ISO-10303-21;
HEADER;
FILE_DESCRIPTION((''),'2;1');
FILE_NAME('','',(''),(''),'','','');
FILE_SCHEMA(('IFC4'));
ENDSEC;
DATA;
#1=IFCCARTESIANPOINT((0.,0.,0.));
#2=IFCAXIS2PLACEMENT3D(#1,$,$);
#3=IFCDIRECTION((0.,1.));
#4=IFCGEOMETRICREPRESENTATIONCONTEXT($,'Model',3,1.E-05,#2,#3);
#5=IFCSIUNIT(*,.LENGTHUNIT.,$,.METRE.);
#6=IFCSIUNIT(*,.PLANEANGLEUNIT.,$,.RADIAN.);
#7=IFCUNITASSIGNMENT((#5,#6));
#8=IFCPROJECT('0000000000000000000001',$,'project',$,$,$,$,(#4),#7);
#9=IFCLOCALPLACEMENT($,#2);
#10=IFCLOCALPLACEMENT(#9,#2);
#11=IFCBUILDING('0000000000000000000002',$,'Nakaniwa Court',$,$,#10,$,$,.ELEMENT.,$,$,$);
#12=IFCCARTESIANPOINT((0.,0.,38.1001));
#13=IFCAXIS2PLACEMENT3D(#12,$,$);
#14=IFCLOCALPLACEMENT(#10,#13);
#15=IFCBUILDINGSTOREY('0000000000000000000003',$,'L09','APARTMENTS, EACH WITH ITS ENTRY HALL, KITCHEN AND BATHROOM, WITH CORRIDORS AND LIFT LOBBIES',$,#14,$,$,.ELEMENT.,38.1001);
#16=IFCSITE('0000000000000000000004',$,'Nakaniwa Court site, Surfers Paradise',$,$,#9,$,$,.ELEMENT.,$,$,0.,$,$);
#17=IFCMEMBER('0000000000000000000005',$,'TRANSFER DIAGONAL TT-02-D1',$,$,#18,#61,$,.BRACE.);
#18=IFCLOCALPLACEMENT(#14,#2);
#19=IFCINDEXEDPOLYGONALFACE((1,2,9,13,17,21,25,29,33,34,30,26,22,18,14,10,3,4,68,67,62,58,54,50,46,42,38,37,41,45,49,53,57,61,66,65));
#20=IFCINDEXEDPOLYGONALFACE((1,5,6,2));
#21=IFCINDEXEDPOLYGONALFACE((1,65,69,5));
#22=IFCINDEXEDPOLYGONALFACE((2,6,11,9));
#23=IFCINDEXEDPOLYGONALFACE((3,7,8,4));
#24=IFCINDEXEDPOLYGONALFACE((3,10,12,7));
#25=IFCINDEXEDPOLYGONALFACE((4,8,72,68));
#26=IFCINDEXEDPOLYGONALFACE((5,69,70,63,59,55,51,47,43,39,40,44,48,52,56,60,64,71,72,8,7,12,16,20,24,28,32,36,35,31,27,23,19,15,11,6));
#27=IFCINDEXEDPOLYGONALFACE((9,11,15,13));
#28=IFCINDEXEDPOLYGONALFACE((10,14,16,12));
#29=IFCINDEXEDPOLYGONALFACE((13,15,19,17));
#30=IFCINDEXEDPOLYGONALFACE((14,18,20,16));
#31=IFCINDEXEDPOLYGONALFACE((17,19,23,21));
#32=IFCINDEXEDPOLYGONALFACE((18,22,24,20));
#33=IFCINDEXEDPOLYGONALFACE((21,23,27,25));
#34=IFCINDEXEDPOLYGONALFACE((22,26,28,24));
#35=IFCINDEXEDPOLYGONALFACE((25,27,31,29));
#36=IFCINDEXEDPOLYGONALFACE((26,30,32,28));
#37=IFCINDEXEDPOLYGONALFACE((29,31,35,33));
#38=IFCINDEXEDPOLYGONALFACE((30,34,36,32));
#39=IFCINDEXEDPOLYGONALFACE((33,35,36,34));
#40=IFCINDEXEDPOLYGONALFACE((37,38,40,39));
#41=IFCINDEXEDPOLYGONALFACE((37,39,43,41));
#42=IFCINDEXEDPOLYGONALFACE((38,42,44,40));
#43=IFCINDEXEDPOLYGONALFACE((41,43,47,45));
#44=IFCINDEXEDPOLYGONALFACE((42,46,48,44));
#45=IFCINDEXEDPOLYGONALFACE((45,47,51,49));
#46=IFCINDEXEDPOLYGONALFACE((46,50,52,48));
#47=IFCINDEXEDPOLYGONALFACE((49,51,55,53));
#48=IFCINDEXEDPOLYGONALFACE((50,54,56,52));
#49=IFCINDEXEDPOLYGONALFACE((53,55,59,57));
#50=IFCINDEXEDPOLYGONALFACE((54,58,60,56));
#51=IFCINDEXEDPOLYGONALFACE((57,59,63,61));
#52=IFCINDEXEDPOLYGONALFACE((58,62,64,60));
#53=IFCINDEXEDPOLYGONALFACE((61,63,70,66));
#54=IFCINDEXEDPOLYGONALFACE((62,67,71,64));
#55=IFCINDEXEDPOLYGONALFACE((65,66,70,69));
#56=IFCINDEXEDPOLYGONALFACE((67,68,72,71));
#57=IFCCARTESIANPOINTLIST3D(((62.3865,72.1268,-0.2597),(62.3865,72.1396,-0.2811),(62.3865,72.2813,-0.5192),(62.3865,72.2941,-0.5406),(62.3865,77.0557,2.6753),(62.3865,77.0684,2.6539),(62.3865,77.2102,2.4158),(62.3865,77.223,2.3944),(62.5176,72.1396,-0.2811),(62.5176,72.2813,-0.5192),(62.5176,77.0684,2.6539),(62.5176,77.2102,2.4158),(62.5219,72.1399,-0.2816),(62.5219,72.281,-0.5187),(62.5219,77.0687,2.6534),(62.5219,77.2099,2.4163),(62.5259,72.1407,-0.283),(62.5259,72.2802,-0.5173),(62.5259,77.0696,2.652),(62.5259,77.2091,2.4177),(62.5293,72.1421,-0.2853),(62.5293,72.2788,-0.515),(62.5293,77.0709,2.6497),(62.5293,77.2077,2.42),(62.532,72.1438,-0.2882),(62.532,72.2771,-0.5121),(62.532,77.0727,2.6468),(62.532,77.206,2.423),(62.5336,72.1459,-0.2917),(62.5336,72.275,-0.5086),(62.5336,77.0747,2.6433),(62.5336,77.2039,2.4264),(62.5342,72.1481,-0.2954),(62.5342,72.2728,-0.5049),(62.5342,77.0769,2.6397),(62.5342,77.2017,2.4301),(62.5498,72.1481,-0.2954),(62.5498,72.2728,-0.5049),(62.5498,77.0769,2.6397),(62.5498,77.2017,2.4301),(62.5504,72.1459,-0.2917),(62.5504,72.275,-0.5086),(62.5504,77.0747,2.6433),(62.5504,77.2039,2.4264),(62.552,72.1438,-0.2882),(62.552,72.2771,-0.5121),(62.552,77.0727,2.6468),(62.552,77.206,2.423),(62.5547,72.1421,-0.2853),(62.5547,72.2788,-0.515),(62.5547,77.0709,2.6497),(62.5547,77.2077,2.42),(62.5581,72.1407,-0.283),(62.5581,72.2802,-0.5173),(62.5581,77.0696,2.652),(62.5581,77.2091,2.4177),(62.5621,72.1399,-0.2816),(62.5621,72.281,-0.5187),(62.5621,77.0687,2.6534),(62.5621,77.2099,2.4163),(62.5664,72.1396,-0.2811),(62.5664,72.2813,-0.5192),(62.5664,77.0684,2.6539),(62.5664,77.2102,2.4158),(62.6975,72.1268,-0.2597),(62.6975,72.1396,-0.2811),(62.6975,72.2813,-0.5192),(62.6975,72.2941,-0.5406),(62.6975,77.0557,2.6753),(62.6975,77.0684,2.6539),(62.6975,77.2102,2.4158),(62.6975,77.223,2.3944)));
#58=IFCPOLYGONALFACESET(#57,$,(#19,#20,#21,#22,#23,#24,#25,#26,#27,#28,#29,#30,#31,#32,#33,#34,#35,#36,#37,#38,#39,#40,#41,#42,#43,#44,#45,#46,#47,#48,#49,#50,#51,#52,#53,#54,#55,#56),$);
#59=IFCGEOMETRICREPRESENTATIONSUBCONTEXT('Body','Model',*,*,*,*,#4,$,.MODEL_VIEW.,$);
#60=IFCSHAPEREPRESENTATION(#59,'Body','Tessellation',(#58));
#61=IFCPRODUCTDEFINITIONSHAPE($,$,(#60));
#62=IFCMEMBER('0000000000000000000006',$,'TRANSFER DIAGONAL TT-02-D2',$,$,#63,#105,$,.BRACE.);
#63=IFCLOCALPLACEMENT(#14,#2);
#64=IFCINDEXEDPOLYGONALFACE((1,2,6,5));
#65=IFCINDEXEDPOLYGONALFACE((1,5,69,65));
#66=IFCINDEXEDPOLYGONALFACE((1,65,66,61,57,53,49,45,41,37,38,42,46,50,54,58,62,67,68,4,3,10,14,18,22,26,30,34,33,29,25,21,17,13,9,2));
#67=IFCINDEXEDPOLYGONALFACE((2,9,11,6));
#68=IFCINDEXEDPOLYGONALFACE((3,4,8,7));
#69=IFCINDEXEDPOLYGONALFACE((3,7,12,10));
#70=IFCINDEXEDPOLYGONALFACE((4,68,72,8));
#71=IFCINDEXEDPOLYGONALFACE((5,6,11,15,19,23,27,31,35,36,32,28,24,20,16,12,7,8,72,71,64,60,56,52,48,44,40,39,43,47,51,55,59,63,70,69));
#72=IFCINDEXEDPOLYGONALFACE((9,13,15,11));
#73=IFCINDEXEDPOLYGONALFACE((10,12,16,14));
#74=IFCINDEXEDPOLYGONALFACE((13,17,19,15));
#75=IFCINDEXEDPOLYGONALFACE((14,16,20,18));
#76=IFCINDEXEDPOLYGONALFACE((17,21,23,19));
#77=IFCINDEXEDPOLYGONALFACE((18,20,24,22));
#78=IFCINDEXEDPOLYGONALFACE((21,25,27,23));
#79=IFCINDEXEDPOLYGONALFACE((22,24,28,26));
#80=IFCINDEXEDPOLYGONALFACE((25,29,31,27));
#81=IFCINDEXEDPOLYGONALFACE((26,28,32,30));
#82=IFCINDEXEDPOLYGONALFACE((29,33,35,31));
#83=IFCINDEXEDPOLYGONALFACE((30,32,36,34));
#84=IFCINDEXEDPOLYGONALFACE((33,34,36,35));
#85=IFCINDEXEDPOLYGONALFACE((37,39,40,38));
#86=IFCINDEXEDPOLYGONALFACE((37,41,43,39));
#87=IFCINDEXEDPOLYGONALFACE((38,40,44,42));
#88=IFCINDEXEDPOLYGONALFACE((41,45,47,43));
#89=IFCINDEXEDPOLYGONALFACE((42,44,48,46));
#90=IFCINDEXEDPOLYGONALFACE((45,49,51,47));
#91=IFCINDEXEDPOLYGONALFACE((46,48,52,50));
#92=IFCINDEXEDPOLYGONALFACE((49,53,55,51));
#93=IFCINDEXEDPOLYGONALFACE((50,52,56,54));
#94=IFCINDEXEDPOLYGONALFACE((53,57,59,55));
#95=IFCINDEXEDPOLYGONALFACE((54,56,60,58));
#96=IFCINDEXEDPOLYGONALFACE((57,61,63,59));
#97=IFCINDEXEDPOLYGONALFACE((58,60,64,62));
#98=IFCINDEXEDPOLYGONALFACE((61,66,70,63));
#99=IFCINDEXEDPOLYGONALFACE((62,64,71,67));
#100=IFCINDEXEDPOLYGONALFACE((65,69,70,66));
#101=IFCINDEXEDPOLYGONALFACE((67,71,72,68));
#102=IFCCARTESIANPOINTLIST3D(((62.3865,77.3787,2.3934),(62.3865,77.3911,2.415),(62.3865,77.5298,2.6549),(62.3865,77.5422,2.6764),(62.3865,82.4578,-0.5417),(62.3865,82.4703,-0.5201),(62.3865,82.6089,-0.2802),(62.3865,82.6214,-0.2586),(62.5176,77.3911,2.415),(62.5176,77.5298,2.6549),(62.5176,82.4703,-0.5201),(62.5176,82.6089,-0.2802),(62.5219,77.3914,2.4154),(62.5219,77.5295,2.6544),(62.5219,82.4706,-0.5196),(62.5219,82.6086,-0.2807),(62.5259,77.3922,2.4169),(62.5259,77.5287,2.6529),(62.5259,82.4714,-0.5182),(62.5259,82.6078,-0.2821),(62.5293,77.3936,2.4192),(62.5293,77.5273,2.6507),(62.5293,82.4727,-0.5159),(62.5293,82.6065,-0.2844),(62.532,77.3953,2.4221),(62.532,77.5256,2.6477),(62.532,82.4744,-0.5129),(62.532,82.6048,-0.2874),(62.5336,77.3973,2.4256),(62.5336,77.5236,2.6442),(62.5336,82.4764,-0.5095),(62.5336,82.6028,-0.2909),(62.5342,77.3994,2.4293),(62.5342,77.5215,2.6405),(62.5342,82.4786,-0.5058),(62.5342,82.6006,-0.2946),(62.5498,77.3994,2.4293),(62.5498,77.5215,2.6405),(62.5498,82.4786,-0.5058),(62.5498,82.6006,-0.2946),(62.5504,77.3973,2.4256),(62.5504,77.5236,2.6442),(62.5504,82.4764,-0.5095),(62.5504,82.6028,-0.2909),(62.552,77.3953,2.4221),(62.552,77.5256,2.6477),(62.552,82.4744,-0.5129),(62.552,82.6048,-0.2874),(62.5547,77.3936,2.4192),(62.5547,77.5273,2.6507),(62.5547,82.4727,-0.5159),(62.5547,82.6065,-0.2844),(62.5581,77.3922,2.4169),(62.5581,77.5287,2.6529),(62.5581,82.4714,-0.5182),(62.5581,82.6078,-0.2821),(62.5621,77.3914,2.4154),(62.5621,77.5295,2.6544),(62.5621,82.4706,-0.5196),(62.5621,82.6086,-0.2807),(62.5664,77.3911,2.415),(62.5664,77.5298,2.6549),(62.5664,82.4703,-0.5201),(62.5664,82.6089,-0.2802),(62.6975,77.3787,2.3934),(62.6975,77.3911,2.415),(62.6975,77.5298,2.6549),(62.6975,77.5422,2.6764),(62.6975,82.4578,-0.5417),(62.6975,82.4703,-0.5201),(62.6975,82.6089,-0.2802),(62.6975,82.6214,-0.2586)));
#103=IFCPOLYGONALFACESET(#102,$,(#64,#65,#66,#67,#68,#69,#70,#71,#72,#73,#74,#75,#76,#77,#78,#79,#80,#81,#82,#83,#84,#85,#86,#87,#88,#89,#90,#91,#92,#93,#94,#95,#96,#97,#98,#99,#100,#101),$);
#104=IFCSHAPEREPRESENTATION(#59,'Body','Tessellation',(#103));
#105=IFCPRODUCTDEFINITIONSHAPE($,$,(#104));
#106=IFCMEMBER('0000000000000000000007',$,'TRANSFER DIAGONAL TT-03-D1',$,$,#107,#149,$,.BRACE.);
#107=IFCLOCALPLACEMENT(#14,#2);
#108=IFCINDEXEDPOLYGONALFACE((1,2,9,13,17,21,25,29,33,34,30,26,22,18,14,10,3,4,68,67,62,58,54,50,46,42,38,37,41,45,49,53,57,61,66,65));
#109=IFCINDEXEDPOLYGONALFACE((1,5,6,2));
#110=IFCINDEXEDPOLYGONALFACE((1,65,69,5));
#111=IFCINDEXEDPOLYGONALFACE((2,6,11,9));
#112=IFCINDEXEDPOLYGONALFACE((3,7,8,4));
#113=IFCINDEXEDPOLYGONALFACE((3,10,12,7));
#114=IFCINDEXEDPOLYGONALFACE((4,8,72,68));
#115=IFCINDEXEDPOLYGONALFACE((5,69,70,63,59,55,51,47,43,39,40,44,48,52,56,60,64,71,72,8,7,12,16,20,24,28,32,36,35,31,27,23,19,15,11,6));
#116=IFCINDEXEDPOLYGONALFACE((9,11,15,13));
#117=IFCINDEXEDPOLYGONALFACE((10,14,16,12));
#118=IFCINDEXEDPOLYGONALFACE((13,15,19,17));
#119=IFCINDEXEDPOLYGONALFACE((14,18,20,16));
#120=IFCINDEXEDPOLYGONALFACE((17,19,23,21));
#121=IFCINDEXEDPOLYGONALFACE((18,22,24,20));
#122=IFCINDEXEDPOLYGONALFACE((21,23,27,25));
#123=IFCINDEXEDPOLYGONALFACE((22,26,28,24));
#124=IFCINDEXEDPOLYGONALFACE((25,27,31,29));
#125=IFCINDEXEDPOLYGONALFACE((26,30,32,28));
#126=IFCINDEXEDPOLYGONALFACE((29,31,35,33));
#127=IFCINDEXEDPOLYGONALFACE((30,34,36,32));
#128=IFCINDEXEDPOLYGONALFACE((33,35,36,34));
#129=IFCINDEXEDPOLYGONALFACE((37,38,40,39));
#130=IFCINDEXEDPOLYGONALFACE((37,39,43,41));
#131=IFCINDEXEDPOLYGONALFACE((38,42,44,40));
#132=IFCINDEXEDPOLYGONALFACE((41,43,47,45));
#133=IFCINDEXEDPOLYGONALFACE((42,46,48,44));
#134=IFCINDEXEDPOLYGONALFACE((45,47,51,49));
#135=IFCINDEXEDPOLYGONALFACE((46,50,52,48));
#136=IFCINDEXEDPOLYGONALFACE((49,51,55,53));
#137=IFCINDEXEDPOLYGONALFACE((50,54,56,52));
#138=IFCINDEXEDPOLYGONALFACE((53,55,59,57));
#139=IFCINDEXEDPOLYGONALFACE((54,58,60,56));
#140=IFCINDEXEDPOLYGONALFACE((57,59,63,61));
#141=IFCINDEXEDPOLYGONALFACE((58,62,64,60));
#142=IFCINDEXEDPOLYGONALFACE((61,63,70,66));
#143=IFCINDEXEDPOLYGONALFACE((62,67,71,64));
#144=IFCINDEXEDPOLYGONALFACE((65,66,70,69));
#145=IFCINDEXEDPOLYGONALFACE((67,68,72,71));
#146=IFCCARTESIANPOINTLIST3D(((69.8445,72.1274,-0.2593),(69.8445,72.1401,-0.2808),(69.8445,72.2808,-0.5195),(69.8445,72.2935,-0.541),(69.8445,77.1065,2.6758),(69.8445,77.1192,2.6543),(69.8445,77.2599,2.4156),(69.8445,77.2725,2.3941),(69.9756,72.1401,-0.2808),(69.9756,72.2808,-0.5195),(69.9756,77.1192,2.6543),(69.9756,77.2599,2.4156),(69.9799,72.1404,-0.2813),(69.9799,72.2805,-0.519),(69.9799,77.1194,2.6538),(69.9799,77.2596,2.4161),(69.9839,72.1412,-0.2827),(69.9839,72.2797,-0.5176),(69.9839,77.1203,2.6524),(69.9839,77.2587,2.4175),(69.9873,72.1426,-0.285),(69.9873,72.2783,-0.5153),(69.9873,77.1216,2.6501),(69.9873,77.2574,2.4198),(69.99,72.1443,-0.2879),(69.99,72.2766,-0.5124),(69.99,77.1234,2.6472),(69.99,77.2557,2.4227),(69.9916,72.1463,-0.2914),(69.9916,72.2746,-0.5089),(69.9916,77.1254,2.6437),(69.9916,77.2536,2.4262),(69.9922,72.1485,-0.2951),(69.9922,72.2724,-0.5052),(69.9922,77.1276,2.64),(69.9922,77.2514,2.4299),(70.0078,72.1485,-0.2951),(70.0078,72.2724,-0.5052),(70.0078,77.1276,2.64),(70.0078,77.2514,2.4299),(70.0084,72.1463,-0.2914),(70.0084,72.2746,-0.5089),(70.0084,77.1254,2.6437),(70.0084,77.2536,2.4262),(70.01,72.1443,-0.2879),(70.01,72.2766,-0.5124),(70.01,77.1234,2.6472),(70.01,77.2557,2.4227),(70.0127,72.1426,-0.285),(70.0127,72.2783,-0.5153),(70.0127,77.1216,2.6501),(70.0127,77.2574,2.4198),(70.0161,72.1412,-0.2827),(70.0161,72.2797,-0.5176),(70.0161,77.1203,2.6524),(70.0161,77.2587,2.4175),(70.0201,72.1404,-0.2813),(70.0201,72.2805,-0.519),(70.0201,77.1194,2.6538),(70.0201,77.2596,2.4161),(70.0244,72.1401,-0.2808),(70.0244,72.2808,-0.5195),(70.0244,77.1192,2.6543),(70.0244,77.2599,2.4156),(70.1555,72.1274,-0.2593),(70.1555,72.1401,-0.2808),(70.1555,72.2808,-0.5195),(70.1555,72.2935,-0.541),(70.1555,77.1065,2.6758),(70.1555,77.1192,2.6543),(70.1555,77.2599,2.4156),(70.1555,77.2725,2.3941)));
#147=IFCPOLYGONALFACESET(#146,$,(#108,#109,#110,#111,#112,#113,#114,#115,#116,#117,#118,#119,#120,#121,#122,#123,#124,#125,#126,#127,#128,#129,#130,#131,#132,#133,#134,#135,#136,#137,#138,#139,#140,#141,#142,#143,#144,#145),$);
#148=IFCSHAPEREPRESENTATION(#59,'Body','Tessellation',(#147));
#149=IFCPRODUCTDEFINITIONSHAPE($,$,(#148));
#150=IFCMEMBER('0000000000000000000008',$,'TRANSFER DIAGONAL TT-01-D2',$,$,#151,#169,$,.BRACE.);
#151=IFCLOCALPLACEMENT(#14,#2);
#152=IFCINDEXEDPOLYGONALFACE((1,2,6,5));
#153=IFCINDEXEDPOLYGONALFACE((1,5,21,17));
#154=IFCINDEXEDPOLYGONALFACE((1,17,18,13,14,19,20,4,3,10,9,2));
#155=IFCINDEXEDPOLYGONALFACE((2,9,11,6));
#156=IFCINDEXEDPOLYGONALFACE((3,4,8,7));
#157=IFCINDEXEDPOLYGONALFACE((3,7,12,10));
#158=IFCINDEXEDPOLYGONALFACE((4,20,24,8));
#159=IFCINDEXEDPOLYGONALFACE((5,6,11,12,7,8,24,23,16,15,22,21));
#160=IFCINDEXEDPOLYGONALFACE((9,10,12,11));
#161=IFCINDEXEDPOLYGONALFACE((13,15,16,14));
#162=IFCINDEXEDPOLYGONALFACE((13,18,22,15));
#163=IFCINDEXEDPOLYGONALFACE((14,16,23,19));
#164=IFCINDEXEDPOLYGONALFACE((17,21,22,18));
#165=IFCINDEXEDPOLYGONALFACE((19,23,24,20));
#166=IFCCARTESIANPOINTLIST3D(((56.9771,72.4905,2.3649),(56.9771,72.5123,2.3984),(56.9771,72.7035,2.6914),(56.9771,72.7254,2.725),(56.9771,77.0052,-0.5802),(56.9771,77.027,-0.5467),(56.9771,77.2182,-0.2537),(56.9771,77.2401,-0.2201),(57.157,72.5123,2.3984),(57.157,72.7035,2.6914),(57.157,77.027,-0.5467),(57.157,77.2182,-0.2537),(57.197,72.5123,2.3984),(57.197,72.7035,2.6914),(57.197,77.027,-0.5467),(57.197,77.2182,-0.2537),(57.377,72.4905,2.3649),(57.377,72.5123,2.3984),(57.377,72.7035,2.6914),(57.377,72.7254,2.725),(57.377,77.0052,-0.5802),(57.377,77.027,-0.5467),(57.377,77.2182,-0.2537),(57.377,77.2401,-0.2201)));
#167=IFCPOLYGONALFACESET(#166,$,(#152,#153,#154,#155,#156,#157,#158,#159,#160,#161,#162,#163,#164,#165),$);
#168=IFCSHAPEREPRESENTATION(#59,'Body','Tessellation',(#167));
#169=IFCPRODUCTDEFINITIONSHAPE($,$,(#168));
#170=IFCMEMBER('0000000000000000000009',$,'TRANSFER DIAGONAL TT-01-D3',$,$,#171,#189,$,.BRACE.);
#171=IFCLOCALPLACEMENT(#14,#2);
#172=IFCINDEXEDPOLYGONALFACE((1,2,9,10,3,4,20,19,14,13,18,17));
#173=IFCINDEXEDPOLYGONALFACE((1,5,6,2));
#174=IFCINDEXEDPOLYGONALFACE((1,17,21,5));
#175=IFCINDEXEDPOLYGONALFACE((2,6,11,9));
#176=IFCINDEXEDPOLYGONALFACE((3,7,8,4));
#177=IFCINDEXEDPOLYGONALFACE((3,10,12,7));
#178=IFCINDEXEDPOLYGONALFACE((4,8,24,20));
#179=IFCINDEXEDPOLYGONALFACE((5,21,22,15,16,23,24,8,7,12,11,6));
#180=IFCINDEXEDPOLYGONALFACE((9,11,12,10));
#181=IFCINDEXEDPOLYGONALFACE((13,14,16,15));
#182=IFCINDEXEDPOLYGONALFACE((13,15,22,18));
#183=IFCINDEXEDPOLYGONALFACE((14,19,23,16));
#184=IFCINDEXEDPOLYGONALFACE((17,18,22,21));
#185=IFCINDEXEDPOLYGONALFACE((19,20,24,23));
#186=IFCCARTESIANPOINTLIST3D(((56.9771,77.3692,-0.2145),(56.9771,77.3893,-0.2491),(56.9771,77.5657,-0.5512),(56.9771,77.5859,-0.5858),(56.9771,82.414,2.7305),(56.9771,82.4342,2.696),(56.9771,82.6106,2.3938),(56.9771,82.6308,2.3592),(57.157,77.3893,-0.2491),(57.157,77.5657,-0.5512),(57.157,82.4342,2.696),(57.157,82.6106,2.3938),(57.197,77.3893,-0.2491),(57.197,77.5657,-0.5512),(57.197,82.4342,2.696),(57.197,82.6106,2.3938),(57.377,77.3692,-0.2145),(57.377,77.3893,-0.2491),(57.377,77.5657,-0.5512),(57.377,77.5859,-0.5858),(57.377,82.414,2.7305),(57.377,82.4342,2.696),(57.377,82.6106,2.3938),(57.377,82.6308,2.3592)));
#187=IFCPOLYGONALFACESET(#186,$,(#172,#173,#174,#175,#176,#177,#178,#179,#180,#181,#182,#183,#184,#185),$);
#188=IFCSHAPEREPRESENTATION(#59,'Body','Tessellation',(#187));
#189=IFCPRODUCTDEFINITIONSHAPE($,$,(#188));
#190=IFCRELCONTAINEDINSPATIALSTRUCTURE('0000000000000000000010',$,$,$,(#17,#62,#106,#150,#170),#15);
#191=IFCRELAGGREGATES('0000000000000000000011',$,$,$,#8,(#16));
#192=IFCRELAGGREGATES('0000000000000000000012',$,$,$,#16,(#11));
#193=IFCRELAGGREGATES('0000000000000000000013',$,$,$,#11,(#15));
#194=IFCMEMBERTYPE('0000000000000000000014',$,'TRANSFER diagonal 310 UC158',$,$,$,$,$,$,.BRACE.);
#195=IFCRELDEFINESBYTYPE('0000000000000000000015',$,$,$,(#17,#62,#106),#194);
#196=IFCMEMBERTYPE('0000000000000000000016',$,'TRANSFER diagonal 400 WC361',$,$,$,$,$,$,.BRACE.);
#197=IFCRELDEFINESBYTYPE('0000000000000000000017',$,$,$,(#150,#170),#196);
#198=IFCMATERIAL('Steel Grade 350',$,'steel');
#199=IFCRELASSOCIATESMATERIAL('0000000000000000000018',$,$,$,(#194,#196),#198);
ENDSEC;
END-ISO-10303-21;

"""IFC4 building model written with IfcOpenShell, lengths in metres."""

from ifc_helpers import new_model, si_unit, direction, frame, origin, origin_2d, place, context, subcontext, project, spatial, i_section, extrude, material, material_profile, profile_set, type_object, element, save


model = new_model("IFC4")

# Units and contexts
model_context = context("Model", 3, precision=1e-05, world=origin(), true_north=direction((0.0, 1.0)))
body_context = subcontext(model_context, "Body", "Model", "MODEL_VIEW")
ifc_project = project(units=[si_unit("LENGTHUNIT", "METRE"), si_unit("PLANEANGLEUNIT", "RADIAN")], contexts=[model_context])

# Site, building, storey
site_placement = place(None, origin())
site = spatial("IfcSite", under=ifc_project, at=site_placement, Name="Nakaniwa Court site, Surfers Paradise", CompositionType="ELEMENT", RefElevation=0.0)
building_placement = place(site_placement, origin())
building = spatial("IfcBuilding", under=site, at=building_placement, Name="Nakaniwa Court", CompositionType="ELEMENT")
storey_placement = place(building_placement, frame((0.0, 0.0, 38.1001)))
storey = spatial("IfcBuildingStorey", under=building, at=storey_placement, Name="L09", Description="APARTMENTS, EACH WITH ITS ENTRY HALL, KITCHEN AND BATHROOM, WITH CORRIDORS AND LIFT LOBBIES", CompositionType="ELEMENT", Elevation=38.1001)

# Members
ifc_material_1 = material(Name="Steel Grade 350", Category="steel")
ifc_material_profile_1 = material_profile(ifc_material_1, i_section(OverallWidth=0.311, OverallDepth=0.3269, WebThickness=0.0156, FlangeThickness=0.0249, FilletRadius=0.0166, at=origin_2d()), Name="310UC158")
ifc_profile_set_1 = profile_set([ifc_material_profile_1], Name="Steel Grade 350")
member_type_1 = type_object("IfcMemberType", Name="TRANSFER diagonal 310 UC158", PredefinedType="BRACE", material=ifc_profile_set_1)
member_1_placement = place(storey_placement, frame((62.542, 72.2104, -0.4001), z_axis=(0.0, 0.859204, 0.511633), x_axis=(-1.0, 0.0, 0.0)))
element("IfcMember", 1, at=member_1_placement, inside=storey, type_object=member_type_1, Name="TRANSFER DIAGONAL TT-02-D1", PredefinedType="BRACE", context=body_context, shape_type="SweptSolid", body=[
    extrude(i_section(OverallWidth=0.311, OverallDepth=0.3269, WebThickness=0.0156, FlangeThickness=0.0249, FilletRadius=0.0166, at=origin_2d()), origin(), (0.0, 0.0, 1.0), 5.7366),
])
member_2_placement = place(storey_placement, frame((62.542, 77.4604, 2.5349), z_axis=(0.0, 0.865831, -0.500337), x_axis=(-1.0, 0.0, 0.0)))
element("IfcMember", 2, at=member_2_placement, inside=storey, type_object=member_type_1, Name="TRANSFER DIAGONAL TT-02-D2", PredefinedType="BRACE", context=body_context, shape_type="SweptSolid", body=[
    extrude(i_section(OverallWidth=0.311, OverallDepth=0.3269, WebThickness=0.0156, FlangeThickness=0.0249, FilletRadius=0.0166, at=origin_2d()), origin(), (0.0, 0.0, 1.0), 5.8662),
])
member_3_placement = place(storey_placement, frame((70.0, 72.2104, -0.4001), z_axis=(0.0, 0.861463, 0.507821), x_axis=(-1.0, 0.0, 0.0)))
element("IfcMember", 3, at=member_3_placement, inside=storey, type_object=member_type_1, Name="TRANSFER DIAGONAL TT-03-D1", PredefinedType="BRACE", context=body_context, shape_type="SweptSolid", body=[
    extrude(i_section(OverallWidth=0.311, OverallDepth=0.3269, WebThickness=0.0156, FlangeThickness=0.0249, FilletRadius=0.0166, at=origin_2d()), origin(), (0.0, 0.0, 1.0), 5.7798),
])
ifc_material_profile_2 = material_profile(ifc_material_1, i_section(OverallWidth=0.3999, OverallDepth=0.4299, WebThickness=0.04, FlangeThickness=0.04, at=origin_2d()), Name="400WC361")
ifc_profile_set_2 = profile_set([ifc_material_profile_2], Name="Steel Grade 350")
member_type_2 = type_object("IfcMemberType", Name="TRANSFER diagonal 400 WC361", PredefinedType="BRACE", material=ifc_profile_set_2)
member_4_placement = place(storey_placement, frame((57.177, 72.6079, 2.5449), z_axis=(0.0, 0.837548, -0.546363), x_axis=(-1.0, 0.0, 0.0)))
element("IfcMember", 4, at=member_4_placement, inside=storey, type_object=member_type_2, Name="TRANSFER DIAGONAL TT-01-D2", PredefinedType="BRACE", context=body_context, shape_type="SweptSolid", body=[
    extrude(i_section(OverallWidth=0.3999, OverallDepth=0.4299, WebThickness=0.04, FlangeThickness=0.04, at=origin_2d()), origin(), (0.0, 0.0, 1.0), 5.3904),
])
member_5_placement = place(storey_placement, frame((57.177, 77.4775, -0.4001), z_axis=(0.0, 0.863615, 0.504152), x_axis=(-1.0, 0.0, 0.0)))
element("IfcMember", 5, at=member_5_placement, inside=storey, type_object=member_type_2, Name="TRANSFER DIAGONAL TT-01-D3", PredefinedType="BRACE", context=body_context, shape_type="SweptSolid", body=[
    extrude(i_section(OverallWidth=0.3999, OverallDepth=0.4299, WebThickness=0.04, FlangeThickness=0.04, at=origin_2d()), origin(), (0.0, 0.0, 1.0), 5.8416),
])

save(model, "model.ifc")
